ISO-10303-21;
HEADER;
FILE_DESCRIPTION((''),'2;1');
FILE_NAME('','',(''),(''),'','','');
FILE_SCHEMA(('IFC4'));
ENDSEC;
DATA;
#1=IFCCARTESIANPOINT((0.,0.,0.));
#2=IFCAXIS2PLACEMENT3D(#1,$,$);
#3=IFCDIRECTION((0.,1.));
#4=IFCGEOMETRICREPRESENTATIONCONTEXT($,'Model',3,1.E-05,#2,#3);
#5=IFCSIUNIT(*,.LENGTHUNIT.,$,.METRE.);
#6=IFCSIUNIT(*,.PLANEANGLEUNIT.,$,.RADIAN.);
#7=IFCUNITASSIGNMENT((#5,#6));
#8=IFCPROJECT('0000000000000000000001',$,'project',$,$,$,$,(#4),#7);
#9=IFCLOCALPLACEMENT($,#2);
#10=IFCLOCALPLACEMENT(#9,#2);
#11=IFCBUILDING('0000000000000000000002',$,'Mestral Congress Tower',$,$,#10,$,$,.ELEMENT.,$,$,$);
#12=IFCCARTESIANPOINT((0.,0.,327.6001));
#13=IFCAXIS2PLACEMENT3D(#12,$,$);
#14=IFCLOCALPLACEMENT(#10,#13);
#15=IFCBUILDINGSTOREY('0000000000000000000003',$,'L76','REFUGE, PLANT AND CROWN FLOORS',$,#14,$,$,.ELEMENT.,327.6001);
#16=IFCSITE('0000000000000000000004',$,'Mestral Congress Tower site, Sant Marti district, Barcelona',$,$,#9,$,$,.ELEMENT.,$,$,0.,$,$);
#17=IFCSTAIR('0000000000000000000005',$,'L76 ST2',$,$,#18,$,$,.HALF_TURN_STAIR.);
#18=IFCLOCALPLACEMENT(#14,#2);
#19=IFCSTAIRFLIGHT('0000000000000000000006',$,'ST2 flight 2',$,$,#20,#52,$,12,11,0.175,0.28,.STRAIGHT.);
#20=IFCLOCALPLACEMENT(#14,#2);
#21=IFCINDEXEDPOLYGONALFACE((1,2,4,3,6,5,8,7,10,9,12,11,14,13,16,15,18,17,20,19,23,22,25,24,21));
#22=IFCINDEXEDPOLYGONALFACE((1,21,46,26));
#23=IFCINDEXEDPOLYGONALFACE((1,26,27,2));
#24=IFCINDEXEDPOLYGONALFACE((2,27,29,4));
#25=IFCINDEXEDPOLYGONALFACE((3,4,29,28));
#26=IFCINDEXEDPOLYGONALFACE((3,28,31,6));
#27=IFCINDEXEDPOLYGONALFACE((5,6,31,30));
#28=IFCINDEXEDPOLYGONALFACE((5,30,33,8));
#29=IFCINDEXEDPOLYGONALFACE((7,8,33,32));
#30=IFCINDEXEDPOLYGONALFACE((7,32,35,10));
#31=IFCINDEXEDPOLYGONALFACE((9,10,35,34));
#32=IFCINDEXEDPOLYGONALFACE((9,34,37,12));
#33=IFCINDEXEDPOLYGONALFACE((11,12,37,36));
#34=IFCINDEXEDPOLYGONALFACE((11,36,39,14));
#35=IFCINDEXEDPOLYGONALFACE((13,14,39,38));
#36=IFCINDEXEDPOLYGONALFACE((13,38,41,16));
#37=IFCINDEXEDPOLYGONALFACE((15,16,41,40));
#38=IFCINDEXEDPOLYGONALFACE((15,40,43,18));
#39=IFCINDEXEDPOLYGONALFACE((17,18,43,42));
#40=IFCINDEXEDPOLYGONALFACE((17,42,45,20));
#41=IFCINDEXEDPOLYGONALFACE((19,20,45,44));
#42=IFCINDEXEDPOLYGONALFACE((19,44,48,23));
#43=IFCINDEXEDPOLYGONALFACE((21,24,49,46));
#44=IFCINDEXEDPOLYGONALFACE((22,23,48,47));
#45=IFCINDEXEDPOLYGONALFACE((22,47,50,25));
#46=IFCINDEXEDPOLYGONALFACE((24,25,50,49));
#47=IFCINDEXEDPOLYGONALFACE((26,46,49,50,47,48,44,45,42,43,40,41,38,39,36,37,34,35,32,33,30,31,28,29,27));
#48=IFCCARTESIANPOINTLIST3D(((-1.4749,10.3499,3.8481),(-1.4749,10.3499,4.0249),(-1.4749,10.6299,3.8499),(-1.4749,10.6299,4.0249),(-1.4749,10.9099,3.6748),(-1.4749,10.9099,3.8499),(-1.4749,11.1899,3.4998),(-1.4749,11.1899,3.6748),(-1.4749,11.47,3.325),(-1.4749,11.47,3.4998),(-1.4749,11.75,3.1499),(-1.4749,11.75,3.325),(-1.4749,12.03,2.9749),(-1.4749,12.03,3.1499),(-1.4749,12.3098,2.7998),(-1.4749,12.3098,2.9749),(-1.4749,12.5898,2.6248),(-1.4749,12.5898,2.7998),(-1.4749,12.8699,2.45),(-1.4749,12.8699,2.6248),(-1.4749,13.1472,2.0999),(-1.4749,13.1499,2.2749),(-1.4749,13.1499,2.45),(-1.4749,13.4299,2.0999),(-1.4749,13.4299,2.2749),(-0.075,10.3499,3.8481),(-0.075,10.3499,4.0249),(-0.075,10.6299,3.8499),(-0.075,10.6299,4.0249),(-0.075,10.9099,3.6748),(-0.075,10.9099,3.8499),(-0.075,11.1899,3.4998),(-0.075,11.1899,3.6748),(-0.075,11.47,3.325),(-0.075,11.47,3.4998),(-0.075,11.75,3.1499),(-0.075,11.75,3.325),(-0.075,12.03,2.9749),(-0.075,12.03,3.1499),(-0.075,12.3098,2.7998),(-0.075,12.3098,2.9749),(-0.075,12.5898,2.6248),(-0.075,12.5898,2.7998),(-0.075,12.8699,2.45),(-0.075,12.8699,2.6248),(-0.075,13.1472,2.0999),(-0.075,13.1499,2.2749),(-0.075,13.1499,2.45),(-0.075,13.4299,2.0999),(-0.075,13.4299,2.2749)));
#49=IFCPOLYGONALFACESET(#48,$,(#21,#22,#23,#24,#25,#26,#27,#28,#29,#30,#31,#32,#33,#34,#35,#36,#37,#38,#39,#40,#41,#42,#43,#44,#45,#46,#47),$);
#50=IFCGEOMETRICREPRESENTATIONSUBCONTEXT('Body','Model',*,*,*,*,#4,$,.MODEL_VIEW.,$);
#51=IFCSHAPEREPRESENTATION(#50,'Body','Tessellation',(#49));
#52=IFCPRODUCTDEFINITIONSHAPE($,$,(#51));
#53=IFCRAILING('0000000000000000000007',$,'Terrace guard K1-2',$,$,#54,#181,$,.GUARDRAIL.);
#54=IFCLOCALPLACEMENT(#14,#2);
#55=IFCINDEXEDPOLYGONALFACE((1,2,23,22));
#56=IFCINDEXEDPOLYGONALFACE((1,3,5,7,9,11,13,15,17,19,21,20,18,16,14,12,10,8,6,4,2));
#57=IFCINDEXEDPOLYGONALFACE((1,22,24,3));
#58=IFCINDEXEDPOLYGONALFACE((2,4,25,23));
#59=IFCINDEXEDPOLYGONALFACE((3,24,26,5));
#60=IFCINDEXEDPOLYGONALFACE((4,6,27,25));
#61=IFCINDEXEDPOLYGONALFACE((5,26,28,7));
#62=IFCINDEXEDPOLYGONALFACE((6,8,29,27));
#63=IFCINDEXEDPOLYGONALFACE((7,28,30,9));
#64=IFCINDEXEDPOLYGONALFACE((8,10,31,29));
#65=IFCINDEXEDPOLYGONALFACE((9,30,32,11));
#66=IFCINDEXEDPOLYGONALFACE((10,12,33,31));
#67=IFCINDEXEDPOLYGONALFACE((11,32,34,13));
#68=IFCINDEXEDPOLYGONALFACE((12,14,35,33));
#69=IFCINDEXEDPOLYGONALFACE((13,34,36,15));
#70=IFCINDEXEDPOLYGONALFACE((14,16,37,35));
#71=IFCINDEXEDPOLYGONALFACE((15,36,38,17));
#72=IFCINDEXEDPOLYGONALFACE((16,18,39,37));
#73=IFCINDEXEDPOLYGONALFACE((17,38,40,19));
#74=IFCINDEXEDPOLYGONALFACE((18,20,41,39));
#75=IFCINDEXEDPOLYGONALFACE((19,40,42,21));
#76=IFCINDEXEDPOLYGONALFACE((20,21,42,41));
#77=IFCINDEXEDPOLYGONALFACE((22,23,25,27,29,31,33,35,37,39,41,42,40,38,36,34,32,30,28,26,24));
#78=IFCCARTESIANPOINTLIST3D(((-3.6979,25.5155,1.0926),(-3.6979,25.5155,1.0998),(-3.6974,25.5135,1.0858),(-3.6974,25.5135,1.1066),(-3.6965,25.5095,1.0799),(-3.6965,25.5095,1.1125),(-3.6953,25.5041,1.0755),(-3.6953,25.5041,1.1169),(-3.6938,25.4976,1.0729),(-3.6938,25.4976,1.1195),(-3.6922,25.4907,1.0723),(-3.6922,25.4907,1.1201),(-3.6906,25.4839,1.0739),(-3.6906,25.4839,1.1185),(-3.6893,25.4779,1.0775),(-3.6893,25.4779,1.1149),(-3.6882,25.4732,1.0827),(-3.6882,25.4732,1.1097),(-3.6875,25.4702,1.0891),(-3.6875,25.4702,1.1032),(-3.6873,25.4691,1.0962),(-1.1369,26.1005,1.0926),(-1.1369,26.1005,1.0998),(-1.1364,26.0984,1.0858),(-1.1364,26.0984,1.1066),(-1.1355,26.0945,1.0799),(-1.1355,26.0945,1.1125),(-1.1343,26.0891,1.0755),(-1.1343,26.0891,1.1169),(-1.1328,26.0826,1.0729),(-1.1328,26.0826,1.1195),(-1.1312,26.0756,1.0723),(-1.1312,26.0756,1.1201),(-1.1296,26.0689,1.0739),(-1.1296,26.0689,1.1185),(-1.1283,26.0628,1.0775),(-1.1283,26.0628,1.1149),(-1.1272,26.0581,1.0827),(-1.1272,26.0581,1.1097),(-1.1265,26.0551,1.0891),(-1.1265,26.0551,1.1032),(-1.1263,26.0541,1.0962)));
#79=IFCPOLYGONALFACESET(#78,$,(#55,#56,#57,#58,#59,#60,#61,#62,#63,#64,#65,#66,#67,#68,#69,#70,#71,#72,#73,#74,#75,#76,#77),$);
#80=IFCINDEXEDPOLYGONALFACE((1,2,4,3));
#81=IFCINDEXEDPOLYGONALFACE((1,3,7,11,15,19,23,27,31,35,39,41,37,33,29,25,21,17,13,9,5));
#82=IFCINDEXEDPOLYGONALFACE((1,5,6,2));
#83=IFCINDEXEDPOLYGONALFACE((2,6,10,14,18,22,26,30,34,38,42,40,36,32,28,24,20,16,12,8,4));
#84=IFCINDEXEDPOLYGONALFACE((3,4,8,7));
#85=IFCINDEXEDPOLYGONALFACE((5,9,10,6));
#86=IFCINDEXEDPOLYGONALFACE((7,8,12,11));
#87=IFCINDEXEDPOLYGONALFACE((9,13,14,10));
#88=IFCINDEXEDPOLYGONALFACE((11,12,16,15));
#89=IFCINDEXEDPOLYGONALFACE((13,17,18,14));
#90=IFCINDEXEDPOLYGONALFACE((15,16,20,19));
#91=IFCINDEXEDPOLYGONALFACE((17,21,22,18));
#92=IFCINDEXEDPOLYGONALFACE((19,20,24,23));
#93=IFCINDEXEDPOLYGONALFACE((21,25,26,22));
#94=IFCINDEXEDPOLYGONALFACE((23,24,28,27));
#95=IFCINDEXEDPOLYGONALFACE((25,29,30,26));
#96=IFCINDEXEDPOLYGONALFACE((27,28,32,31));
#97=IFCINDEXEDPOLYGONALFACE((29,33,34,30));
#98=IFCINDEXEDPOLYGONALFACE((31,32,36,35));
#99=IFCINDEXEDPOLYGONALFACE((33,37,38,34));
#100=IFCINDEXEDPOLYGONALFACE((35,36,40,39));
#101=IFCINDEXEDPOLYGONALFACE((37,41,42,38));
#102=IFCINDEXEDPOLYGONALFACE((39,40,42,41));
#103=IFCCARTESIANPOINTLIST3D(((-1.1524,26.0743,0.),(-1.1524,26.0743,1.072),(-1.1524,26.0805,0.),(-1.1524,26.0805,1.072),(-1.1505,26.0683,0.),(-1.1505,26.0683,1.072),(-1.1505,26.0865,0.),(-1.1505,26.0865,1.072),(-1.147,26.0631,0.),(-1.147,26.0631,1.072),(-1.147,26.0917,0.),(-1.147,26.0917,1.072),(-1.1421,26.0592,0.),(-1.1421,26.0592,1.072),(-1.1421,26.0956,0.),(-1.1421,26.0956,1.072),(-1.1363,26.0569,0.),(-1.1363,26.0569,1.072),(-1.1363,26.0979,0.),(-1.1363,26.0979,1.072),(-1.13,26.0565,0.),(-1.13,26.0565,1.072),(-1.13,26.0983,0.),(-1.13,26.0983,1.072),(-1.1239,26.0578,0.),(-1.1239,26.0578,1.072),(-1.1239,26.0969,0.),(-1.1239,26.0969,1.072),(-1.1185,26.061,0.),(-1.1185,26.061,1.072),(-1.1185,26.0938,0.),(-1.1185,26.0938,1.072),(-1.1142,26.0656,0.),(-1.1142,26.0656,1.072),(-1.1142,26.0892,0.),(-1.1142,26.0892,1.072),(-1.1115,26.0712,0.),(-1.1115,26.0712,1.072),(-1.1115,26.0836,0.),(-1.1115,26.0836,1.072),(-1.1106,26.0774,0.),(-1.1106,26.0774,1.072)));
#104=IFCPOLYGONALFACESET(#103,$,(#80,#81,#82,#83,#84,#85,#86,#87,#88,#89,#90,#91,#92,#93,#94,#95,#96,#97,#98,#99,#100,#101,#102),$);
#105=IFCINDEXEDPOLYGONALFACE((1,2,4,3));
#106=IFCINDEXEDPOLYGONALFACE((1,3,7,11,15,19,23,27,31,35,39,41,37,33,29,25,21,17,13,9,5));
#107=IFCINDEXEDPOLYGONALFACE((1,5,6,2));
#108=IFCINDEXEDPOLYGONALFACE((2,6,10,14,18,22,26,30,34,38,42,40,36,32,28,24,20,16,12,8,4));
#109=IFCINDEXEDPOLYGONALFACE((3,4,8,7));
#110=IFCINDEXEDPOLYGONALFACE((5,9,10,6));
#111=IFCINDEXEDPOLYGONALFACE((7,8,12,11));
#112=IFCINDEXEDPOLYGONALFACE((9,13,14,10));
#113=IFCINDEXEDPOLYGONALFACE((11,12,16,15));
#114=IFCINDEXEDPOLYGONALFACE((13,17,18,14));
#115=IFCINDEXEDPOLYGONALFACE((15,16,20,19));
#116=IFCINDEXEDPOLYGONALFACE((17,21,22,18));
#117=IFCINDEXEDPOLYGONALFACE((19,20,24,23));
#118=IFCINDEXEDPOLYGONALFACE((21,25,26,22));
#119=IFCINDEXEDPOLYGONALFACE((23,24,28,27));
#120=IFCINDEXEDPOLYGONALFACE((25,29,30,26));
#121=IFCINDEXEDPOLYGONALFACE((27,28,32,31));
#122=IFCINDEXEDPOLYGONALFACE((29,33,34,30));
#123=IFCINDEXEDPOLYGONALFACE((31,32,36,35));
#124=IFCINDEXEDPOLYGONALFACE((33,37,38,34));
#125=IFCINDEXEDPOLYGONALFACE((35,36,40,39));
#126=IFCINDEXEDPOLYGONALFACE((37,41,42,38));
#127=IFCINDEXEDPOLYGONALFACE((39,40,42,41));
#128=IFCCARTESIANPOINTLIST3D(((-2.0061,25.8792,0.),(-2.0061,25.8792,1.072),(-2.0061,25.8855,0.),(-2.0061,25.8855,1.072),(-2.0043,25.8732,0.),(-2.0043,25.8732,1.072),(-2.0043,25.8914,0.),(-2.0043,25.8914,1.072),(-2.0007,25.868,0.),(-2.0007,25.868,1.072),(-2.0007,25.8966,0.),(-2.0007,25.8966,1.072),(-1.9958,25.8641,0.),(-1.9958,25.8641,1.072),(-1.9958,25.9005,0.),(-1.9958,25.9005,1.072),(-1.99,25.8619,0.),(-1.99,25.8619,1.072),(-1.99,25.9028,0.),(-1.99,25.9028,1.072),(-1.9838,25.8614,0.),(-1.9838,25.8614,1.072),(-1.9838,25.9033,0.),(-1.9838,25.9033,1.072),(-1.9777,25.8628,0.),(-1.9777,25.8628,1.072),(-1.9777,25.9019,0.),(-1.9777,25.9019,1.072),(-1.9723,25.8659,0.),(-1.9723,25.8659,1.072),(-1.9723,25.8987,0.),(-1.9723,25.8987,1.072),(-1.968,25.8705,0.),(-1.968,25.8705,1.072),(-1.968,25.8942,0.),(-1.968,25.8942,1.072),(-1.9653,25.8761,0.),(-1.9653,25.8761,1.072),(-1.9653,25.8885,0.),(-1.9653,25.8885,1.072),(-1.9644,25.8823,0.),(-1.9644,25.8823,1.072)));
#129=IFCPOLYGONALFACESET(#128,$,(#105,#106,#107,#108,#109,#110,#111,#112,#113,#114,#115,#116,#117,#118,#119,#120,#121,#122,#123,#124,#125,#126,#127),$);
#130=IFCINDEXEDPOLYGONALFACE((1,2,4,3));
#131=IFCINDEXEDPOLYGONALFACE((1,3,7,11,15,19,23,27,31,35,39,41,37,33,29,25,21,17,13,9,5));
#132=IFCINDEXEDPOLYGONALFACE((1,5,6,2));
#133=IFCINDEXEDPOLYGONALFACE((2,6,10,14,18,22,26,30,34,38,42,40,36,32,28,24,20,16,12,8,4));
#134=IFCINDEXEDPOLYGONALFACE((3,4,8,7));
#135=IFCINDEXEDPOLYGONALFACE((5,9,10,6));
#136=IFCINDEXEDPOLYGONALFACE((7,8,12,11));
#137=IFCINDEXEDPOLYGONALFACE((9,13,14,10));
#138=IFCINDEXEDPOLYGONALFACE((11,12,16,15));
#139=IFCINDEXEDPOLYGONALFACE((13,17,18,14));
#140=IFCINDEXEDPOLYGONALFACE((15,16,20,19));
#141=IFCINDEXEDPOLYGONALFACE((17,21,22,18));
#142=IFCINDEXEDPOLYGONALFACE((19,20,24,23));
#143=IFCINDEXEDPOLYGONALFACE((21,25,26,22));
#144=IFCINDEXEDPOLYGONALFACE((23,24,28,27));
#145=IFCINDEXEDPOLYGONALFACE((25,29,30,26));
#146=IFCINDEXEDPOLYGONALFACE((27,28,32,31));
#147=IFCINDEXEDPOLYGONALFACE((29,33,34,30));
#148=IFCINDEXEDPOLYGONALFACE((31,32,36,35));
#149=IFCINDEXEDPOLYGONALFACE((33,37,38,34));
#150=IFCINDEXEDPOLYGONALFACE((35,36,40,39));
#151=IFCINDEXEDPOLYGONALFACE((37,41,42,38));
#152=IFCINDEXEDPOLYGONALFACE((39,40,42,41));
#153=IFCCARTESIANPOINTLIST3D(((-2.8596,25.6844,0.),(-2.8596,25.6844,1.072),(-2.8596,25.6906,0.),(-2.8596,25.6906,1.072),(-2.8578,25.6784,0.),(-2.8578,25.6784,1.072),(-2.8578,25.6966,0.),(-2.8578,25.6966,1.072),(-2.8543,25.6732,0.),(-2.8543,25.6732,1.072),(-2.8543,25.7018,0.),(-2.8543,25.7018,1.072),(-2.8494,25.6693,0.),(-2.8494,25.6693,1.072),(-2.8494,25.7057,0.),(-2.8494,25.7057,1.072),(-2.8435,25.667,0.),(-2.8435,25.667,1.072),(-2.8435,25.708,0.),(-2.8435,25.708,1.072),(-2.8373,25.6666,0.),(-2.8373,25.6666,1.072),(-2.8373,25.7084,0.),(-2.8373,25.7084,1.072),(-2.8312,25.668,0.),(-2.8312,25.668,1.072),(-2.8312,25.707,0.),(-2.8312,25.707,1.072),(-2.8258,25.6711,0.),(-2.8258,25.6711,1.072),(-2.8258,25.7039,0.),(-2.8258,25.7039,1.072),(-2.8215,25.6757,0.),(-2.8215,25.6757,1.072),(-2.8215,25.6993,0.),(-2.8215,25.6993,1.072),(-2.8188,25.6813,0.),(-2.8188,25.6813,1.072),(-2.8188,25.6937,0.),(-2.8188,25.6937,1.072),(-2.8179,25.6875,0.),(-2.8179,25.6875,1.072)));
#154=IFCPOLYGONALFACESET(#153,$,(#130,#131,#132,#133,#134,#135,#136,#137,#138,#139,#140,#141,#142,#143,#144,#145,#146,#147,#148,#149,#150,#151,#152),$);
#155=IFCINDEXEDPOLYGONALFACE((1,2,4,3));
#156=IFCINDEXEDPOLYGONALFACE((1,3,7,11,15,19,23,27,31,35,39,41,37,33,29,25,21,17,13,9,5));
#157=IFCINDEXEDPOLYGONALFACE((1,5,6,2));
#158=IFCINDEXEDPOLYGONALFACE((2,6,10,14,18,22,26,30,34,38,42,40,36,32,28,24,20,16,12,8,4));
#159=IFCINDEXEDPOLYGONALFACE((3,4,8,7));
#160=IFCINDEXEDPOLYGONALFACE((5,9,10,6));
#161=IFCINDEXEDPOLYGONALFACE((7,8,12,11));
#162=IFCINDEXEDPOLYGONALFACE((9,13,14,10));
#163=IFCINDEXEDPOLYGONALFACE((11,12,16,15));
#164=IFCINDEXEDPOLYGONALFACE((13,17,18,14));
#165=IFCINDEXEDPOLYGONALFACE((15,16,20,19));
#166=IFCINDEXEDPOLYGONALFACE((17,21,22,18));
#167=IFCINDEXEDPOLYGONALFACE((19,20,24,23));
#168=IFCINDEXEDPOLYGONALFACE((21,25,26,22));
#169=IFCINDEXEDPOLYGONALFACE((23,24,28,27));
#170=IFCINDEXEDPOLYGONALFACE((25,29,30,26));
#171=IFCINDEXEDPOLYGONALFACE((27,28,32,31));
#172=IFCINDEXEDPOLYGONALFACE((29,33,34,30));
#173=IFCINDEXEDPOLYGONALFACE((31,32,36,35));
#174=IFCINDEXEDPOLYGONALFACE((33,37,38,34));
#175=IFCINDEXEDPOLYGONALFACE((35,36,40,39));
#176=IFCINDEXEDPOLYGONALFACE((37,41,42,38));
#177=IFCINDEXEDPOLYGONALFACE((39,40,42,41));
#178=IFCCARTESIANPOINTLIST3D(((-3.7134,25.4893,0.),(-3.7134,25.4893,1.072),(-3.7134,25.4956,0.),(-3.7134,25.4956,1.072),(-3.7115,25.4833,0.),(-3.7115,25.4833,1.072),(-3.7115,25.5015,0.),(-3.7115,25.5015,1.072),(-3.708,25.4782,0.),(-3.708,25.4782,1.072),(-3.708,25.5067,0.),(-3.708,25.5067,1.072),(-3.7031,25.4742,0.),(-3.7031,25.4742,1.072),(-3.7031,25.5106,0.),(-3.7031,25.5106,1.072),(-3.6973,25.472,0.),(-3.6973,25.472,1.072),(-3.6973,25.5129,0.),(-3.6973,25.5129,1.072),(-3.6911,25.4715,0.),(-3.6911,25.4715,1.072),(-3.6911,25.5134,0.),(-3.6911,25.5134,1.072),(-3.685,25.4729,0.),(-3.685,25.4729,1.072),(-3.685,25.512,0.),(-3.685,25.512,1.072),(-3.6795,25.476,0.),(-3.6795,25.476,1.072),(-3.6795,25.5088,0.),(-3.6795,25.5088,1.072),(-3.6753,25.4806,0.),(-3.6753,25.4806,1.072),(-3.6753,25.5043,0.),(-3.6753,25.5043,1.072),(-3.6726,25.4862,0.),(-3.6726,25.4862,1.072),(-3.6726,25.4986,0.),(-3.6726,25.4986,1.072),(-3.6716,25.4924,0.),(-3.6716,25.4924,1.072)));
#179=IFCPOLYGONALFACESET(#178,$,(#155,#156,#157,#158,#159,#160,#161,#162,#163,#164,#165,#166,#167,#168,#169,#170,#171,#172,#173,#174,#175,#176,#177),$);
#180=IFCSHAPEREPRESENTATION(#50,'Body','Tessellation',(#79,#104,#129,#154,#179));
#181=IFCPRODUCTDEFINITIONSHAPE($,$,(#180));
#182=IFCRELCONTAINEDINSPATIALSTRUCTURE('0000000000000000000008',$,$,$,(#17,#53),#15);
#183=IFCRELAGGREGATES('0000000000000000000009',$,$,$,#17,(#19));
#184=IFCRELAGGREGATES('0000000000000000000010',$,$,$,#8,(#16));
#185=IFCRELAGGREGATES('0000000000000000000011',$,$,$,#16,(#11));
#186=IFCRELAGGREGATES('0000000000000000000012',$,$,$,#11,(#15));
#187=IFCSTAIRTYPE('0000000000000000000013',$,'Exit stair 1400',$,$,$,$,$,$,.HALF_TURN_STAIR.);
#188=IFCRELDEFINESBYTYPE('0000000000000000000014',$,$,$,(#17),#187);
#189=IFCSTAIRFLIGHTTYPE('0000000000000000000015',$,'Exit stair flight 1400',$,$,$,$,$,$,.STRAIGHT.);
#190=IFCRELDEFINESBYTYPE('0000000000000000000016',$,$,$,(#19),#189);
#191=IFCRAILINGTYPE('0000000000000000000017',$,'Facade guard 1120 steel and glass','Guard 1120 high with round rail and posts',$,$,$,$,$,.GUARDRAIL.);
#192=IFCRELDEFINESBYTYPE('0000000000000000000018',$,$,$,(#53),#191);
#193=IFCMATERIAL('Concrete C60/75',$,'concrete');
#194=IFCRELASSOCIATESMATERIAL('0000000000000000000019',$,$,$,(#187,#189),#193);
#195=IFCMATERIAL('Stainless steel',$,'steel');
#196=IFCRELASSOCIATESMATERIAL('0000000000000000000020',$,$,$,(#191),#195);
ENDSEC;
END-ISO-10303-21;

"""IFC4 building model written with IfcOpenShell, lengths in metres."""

from ifc_helpers import new_model, si_unit, direction, frame, origin, origin_2d, place, context, subcontext, project, spatial, polyline, circle, outline, extrude, material, type_object, element, aggregate, save


model = new_model("IFC4")

# Units and contexts
model_context = context("Model", 3, precision=1e-05, world=origin(), true_north=direction((0.0, 1.0)))
body_context = subcontext(model_context, "Body", "Model", "MODEL_VIEW")
ifc_project = project(units=[si_unit("LENGTHUNIT", "METRE"), si_unit("PLANEANGLEUNIT", "RADIAN")], contexts=[model_context])

# Site, building, storey
site_placement = place(None, origin())
site = spatial("IfcSite", under=ifc_project, at=site_placement, Name="Mestral Congress Tower site, Sant Marti district, Barcelona", CompositionType="ELEMENT", RefElevation=0.0)
building_placement = place(site_placement, origin())
building = spatial("IfcBuilding", under=site, at=building_placement, Name="Mestral Congress Tower", CompositionType="ELEMENT")
storey_placement = place(building_placement, frame((0.0, 0.0, 327.6001)))
storey = spatial("IfcBuildingStorey", under=building, at=storey_placement, Name="L76", Description="REFUGE, PLANT AND CROWN FLOORS", CompositionType="ELEMENT", Elevation=327.6001)

# Shared definitions
ifc_material_1 = material(Name="Concrete C60/75", Category="concrete")

# Shared definitions
placement = place(storey_placement, origin())

# Stair, stair flight
stair_type = type_object("IfcStairType", Name="Exit stair 1400", PredefinedType="HALF_TURN_STAIR", material=ifc_material_1)
stair = element("IfcStair", 1, at=placement, inside=storey, type_object=stair_type, Name="L76 ST2", PredefinedType="HALF_TURN_STAIR")
stair_flight_type = type_object("IfcStairFlightType", Name="Exit stair flight 1400", PredefinedType="STRAIGHT", material=ifc_material_1)
stair_flight_placement = place(storey_placement, frame((-0.7749, 13.4299, 2.0999), z_axis=(0.0, 0.0, 1.0), x_axis=(0.0, -1.0, 0.0)))
stair_flight = element("IfcStairFlight", 2, at=stair_flight_placement, type_object=stair_flight_type, Name="ST2 flight 2", NumberOfRisers=12, NumberOfTreads=11, PredefinedType="STRAIGHT", RiserHeight=0.175, TreadLength=0.28, context=body_context, shape_type="SweptSolid", body=[
    extrude(outline(polyline([(0.0, 0.0), (0.0, 0.175), (0.28, 0.175), (0.28, 0.3501), (0.5601, 0.3501), (0.5601, 0.5249), (0.8401, 0.5249), (0.8401, 0.7), (1.1201, 0.7), (1.1201, 0.875), (1.3999, 0.875), (1.3999, 1.05), (1.6799, 1.05), (1.6799, 1.2251), (1.96, 1.2251), (1.96, 1.3999), (2.24, 1.3999), (2.24, 1.575), (2.52, 1.575), (2.52, 1.75), (2.8, 1.75), (2.8, 1.925), (3.0801, 1.925), (3.0801, 2.1001), (3.0801, 1.7483), (0.2827, 0.0), (0.0, 0.0)])), frame((0.0, 0.7, 0.0), z_axis=(0.0, -1.0, 0.0), x_axis=(1.0, 0.0, 0.0)), (0.0, 0.0, 1.0), 1.3999),
])
aggregate(stair, [stair_flight])

# Railing
ifc_material_2 = material(Name="Stainless steel", Category="steel")
railing_type_1 = type_object("IfcRailingType", Name="Facade guard 1120 steel and glass", Description="Guard 1120 high with round rail and posts", PredefinedType="GUARDRAIL", material=ifc_material_2)
railing_1_placement = place(storey_placement, frame((-1.1316, 26.0774, 0.0)))
element("IfcRailing", 3, at=railing_1_placement, inside=storey, type_object=railing_type_1, Name="Terrace guard K1-2", PredefinedType="GUARDRAIL", context=body_context, shape_type="SweptSolid", body=[
    extrude(circle(Radius=0.0239, at=origin_2d()), frame((0.0, 0.0, 1.0962), z_axis=(-0.974893, -0.222673, 0.0), x_axis=(0.222673, -0.974893, 0.0)), (0.0, 0.0, 1.0), 2.627),
    extrude(circle(Radius=0.021, at=origin_2d()), origin(), (0.0, 0.0, 1.0), 1.072),
    extrude(circle(Radius=0.021, at=origin_2d()), frame((-0.8538, -0.1951, 0.0)), (0.0, 0.0, 1.0), 1.072),
    extrude(circle(Radius=0.021, at=origin_2d()), frame((-1.7073, -0.3899, 0.0)), (0.0, 0.0, 1.0), 1.072),
    extrude(circle(Radius=0.021, at=origin_2d()), frame((-2.561, -0.585, 0.0)), (0.0, 0.0, 1.0), 1.072),
])

save(model, "model.ifc")
